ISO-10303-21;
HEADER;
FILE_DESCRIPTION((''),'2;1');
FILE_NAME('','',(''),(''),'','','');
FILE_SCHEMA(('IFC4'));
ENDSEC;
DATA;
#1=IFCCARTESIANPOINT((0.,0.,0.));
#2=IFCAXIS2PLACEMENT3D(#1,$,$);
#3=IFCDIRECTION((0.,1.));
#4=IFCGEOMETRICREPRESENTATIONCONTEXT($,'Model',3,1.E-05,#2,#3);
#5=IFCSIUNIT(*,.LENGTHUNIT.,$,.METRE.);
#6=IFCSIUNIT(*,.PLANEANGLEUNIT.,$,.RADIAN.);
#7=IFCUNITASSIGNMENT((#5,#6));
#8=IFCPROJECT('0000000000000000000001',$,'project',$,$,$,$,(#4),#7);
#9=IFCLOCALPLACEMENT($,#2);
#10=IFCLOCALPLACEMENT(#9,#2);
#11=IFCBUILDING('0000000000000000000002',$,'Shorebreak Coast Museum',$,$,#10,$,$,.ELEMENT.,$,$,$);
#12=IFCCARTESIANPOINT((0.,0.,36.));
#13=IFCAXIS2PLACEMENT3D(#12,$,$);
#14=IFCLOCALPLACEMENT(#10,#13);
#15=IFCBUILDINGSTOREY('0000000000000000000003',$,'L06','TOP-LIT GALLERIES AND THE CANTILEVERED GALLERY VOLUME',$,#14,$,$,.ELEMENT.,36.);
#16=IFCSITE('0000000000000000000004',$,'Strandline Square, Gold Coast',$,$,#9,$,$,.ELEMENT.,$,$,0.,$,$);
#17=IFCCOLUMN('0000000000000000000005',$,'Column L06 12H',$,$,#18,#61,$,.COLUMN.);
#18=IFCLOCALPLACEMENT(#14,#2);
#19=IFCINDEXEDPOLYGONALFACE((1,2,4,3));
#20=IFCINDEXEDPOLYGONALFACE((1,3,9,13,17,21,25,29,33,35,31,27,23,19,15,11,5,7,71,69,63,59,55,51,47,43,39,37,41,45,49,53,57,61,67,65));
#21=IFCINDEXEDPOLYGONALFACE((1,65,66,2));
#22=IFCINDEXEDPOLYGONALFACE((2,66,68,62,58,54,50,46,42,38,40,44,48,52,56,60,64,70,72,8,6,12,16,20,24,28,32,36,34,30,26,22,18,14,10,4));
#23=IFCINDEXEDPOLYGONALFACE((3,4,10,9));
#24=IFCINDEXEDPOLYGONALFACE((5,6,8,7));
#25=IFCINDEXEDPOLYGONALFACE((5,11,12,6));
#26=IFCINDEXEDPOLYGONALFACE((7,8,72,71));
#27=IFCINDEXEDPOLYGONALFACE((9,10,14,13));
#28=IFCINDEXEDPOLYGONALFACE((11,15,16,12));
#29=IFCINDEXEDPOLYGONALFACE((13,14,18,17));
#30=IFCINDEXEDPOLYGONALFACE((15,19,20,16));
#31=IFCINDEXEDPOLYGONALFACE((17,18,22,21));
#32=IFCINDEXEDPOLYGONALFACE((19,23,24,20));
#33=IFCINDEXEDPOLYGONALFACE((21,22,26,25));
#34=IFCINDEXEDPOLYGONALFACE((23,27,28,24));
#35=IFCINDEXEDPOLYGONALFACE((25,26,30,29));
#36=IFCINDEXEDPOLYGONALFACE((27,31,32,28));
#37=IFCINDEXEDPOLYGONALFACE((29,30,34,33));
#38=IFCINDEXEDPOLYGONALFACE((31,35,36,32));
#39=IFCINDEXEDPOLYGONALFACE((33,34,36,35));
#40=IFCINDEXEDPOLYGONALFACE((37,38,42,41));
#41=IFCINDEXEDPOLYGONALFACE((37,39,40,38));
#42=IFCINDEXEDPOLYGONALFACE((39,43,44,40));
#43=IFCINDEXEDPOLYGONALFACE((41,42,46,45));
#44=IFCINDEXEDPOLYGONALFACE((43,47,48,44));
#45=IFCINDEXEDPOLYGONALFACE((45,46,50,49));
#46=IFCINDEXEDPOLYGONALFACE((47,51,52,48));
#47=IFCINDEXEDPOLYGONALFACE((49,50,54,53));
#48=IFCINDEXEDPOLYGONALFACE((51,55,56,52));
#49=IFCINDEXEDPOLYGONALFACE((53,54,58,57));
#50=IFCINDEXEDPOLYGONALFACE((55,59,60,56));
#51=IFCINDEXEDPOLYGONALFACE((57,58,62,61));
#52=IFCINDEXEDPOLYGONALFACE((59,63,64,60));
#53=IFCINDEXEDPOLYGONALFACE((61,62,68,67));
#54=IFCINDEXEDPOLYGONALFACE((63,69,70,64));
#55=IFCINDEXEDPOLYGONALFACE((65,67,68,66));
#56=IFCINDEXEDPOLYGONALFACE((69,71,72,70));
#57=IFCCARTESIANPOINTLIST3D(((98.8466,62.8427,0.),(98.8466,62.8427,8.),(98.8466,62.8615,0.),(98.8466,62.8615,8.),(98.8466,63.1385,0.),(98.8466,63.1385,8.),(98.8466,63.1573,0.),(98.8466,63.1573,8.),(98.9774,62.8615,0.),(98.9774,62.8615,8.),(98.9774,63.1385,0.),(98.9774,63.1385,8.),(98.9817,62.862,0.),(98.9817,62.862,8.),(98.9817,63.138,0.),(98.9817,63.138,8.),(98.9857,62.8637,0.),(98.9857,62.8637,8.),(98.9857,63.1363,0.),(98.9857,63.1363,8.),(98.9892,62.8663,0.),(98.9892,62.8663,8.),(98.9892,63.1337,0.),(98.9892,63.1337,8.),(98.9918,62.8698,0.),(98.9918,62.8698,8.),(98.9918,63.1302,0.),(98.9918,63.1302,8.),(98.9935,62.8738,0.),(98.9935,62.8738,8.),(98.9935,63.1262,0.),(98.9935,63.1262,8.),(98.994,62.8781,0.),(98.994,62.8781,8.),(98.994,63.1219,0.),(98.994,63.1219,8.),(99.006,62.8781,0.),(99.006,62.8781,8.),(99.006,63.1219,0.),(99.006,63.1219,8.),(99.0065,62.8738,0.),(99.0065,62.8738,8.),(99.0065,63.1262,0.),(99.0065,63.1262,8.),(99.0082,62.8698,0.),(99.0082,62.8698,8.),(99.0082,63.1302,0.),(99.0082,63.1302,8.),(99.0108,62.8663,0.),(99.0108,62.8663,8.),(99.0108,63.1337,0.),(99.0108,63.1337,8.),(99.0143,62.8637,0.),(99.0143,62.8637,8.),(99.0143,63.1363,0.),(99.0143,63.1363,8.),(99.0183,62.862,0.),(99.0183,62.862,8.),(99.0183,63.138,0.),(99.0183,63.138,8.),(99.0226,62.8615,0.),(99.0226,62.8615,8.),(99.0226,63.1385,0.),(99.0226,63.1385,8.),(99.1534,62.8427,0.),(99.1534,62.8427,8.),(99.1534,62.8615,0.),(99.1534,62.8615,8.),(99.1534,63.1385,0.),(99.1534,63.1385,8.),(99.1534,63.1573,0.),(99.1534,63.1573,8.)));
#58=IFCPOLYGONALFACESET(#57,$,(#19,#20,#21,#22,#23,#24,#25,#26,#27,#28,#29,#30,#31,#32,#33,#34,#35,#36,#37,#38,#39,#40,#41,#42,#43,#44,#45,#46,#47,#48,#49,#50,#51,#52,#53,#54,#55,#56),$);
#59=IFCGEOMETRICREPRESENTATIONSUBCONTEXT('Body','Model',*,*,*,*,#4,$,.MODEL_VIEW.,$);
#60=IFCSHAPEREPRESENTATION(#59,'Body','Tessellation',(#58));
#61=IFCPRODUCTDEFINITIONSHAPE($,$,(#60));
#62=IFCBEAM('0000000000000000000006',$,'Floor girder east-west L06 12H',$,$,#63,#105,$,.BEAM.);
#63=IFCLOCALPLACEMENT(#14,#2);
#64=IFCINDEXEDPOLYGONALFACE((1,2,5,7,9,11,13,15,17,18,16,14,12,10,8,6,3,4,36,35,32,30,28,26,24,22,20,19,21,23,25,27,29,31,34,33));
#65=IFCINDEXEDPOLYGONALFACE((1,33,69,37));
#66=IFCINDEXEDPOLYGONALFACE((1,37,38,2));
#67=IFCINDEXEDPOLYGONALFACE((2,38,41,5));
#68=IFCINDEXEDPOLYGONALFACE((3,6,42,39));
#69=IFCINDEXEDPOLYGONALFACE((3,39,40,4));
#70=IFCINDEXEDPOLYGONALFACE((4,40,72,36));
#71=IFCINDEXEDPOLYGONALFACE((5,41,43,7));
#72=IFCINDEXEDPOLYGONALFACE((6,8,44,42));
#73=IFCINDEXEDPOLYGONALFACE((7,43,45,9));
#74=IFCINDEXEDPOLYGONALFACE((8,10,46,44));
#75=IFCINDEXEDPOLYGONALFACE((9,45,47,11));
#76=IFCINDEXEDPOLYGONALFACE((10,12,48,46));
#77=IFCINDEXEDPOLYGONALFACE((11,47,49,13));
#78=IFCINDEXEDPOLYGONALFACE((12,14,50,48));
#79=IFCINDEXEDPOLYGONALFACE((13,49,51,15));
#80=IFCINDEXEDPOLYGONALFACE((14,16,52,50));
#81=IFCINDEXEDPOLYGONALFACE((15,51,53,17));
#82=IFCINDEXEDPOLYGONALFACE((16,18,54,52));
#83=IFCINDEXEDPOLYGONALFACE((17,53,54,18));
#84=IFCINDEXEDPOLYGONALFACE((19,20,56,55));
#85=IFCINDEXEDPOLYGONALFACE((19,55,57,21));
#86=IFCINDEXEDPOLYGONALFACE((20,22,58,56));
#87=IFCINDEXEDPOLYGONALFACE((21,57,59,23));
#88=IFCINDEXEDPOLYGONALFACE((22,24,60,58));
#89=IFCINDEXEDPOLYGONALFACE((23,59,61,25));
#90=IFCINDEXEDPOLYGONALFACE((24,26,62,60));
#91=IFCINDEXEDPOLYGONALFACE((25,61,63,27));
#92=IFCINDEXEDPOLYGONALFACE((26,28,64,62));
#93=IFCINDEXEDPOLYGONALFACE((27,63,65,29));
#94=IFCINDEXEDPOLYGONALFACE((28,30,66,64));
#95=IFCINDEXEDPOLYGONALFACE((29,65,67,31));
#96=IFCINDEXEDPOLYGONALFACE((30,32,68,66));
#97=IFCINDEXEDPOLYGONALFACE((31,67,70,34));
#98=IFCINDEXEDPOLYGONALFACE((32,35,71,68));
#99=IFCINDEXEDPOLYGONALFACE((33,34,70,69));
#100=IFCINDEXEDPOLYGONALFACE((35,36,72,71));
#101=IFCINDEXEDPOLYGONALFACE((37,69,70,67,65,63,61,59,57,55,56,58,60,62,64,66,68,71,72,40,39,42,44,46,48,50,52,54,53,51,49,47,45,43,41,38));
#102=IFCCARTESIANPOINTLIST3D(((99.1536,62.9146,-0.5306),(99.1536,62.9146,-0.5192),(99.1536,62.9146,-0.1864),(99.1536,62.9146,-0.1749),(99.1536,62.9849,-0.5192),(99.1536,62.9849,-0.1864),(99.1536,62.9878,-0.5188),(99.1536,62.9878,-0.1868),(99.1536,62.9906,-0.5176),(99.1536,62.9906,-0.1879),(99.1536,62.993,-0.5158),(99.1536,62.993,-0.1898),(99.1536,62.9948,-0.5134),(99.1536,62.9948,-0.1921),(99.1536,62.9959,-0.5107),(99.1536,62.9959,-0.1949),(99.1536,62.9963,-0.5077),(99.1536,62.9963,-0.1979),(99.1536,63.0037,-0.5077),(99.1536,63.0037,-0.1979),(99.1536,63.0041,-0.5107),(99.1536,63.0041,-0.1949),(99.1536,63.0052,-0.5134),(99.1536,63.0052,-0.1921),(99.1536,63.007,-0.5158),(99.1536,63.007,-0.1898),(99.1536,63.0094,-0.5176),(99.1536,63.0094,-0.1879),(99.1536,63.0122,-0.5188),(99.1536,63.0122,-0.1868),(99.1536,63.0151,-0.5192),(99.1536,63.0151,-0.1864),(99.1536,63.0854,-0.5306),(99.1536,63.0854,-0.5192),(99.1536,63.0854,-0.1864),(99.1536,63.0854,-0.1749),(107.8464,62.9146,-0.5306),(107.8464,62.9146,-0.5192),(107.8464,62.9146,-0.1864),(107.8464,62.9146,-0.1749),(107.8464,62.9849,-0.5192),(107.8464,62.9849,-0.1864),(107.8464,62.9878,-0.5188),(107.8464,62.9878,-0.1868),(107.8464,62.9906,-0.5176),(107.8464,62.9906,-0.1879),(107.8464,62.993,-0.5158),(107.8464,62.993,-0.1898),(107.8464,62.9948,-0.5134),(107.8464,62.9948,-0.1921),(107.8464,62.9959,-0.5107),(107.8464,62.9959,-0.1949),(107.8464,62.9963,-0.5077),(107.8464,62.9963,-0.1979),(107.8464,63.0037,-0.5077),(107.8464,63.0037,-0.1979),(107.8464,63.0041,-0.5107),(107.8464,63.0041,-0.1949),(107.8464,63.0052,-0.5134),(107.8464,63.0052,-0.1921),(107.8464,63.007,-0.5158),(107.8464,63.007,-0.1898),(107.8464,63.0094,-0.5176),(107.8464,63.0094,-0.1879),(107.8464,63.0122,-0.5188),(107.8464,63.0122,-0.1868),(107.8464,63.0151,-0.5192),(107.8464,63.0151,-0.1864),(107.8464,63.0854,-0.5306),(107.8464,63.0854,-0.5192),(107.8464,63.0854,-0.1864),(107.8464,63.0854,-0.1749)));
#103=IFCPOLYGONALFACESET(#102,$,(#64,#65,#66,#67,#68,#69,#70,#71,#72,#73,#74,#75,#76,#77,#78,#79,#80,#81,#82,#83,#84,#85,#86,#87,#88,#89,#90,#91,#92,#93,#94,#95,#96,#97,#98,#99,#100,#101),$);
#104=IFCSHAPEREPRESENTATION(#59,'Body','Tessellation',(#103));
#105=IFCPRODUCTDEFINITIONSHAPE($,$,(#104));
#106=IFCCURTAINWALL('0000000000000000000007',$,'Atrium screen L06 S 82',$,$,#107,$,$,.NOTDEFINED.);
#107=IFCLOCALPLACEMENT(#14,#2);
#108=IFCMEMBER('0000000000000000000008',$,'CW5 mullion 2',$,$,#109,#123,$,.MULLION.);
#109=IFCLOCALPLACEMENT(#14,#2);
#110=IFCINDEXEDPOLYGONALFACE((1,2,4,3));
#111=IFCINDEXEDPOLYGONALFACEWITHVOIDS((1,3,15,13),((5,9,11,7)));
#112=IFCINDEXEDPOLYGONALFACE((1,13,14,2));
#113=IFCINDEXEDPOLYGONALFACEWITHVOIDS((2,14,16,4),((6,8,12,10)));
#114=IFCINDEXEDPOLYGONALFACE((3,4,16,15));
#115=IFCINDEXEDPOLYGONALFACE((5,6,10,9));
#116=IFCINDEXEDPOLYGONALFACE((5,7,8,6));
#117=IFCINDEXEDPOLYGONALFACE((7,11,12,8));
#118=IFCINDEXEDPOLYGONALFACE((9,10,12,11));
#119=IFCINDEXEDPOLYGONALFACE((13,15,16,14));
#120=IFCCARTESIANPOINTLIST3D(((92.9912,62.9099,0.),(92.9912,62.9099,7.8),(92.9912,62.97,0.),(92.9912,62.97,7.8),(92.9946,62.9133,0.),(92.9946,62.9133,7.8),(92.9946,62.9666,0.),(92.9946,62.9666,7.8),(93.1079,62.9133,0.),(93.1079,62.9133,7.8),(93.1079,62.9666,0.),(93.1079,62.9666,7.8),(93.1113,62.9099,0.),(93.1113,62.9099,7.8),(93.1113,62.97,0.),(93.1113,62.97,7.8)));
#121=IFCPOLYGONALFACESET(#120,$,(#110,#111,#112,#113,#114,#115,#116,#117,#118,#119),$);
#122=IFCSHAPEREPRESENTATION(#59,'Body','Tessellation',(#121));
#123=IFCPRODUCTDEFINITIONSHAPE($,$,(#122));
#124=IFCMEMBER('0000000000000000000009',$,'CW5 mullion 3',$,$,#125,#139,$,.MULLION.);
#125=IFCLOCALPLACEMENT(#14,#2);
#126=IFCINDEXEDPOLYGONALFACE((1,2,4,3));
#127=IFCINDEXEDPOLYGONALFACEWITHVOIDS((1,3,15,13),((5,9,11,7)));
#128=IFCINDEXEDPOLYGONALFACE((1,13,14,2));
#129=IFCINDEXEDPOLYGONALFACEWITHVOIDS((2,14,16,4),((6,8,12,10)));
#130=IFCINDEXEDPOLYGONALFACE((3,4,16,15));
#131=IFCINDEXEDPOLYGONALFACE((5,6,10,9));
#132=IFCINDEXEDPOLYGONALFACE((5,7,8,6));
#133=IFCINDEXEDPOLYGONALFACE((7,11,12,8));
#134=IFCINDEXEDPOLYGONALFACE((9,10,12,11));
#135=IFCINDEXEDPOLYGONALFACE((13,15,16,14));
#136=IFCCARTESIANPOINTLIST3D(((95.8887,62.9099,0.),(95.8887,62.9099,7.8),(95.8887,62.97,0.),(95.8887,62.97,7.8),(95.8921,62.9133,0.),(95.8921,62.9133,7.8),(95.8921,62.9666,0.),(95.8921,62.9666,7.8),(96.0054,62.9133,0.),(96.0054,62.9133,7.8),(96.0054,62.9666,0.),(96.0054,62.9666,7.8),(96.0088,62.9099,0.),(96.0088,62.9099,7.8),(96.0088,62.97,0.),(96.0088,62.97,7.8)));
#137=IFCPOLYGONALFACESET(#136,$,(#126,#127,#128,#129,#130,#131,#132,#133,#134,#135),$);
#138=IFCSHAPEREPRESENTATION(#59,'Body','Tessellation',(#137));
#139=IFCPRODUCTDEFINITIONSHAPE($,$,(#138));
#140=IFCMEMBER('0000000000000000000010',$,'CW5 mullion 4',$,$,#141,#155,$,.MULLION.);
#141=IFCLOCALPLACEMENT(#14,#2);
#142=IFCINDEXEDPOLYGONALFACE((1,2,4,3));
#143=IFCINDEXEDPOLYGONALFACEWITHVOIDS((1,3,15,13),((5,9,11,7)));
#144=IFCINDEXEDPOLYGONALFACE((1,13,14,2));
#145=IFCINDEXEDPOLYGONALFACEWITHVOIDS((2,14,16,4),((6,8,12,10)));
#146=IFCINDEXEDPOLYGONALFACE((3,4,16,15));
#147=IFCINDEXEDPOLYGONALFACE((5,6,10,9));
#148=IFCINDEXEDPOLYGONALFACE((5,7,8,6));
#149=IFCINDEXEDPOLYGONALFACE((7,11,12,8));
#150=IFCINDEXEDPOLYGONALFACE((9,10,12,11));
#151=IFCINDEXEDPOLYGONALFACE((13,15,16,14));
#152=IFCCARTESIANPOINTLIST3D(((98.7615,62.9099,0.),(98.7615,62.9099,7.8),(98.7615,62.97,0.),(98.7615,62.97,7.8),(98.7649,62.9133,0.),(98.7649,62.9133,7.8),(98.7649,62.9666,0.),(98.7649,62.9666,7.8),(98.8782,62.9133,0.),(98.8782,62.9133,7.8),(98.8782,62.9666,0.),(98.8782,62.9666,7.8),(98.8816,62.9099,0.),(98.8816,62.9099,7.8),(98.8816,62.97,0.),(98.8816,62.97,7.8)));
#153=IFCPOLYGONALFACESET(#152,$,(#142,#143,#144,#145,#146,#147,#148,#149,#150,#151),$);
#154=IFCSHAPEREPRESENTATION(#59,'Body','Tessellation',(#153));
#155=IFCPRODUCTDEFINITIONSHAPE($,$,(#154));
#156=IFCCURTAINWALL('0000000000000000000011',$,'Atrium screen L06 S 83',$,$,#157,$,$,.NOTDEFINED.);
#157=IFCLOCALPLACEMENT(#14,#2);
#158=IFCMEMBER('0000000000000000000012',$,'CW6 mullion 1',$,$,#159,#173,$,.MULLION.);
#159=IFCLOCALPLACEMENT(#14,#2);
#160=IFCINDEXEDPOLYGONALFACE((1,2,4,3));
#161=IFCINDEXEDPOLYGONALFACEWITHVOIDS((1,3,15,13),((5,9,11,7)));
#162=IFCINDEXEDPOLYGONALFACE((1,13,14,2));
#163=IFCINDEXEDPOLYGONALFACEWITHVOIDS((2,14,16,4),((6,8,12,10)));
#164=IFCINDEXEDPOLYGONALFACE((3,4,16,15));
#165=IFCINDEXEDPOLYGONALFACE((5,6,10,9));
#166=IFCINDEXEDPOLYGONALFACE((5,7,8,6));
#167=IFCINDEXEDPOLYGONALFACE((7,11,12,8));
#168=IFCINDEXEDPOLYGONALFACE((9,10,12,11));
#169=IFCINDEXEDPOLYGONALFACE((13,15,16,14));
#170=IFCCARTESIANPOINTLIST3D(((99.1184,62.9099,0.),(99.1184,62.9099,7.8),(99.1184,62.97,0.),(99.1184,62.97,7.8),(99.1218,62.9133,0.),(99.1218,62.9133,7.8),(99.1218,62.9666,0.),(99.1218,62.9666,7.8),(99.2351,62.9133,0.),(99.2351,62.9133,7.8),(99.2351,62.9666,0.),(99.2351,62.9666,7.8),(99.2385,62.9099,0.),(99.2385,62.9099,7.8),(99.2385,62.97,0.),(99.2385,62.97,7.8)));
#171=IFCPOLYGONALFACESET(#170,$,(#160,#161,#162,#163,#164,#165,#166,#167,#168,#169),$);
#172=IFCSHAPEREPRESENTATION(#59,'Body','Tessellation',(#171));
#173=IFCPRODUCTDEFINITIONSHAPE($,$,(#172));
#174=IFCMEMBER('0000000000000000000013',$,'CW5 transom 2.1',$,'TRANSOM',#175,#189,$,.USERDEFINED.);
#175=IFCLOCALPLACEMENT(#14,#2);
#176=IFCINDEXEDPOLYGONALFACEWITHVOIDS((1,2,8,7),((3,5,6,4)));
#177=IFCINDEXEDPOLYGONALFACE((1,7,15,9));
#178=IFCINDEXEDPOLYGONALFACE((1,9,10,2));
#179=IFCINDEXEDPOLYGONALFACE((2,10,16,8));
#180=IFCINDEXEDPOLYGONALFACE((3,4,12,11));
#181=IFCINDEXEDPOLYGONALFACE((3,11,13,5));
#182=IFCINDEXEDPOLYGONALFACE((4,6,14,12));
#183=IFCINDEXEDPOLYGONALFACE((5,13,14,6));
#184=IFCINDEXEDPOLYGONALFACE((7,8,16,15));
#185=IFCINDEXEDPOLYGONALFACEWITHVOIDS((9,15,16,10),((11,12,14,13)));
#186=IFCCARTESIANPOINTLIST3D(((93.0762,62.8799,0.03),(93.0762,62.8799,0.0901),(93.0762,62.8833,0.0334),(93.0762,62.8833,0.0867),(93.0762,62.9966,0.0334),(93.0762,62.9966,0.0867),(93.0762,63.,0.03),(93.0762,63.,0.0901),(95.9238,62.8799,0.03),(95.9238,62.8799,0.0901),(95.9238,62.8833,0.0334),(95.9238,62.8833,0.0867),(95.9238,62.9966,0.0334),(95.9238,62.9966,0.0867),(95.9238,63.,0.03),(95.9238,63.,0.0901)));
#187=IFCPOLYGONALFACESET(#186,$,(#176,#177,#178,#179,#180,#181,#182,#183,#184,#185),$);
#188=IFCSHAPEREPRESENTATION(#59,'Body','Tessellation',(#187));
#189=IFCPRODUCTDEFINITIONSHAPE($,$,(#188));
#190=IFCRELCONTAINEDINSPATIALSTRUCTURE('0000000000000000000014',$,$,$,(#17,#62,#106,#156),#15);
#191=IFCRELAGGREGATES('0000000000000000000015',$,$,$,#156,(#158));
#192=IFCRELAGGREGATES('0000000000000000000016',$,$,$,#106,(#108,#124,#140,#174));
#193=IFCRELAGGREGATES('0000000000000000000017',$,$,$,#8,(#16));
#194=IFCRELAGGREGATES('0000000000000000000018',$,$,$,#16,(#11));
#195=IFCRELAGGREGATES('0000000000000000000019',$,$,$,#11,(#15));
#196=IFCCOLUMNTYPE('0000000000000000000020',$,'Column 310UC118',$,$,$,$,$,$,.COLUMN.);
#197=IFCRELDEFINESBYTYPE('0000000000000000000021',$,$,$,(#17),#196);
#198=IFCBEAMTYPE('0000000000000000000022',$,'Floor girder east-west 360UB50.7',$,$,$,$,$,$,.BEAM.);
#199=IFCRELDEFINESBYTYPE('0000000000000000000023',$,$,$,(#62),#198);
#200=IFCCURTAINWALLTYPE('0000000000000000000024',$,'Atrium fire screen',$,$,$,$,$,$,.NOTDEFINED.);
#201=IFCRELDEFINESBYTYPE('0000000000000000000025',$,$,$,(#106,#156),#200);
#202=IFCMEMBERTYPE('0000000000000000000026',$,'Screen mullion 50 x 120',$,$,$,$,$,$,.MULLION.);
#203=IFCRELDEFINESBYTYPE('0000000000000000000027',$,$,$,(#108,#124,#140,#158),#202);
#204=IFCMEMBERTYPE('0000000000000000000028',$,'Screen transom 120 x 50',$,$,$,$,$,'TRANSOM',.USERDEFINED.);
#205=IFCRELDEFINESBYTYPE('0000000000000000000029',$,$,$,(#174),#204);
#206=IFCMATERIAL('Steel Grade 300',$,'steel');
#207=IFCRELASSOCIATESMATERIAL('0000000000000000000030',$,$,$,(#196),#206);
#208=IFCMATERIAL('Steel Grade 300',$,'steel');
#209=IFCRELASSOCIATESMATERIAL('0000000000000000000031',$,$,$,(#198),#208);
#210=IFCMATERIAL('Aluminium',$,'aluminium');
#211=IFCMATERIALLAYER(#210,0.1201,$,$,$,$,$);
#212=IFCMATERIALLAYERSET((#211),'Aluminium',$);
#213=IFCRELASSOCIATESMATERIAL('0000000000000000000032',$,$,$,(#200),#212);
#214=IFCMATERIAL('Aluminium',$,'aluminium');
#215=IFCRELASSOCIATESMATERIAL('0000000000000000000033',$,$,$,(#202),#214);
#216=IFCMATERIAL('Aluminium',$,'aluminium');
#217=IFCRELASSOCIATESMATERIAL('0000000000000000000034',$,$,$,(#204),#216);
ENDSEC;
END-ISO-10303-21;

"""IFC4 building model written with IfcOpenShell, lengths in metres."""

from ifc_helpers import new_model, si_unit, direction, frame, origin, origin_2d, place, context, subcontext, project, spatial, hollow_rectangle, i_section, extrude, material, layer, layer_set, material_profile, profile_set, type_object, element, aggregate, save


model = new_model("IFC4")

# Units and contexts
model_context = context("Model", 3, precision=1e-05, world=origin(), true_north=direction((0.0, 1.0)))
body_context = subcontext(model_context, "Body", "Model", "MODEL_VIEW")
ifc_project = project(units=[si_unit("LENGTHUNIT", "METRE"), si_unit("PLANEANGLEUNIT", "RADIAN")], contexts=[model_context])

# Site, building, storey
site_placement = place(None, origin())
site = spatial("IfcSite", under=ifc_project, at=site_placement, Name="Strandline Square, Gold Coast", CompositionType="ELEMENT", RefElevation=0.0)
building_placement = place(site_placement, origin())
building = spatial("IfcBuilding", under=site, at=building_placement, Name="Shorebreak Coast Museum", CompositionType="ELEMENT")
storey_placement = place(building_placement, frame((0.0, 0.0, 36.0)))
storey = spatial("IfcBuildingStorey", under=building, at=storey_placement, Name="L06", Description="TOP-LIT GALLERIES AND THE CANTILEVERED GALLERY VOLUME", CompositionType="ELEMENT", Elevation=36.0)

# Column
ifc_material_1 = material(Name="Steel Grade 300", Category="steel")
ifc_material_profile_1 = material_profile(ifc_material_1, i_section(OverallWidth=0.3069, OverallDepth=0.3147, WebThickness=0.012, FlangeThickness=0.0188, FilletRadius=0.0166, at=origin_2d()), Name="310UC118")
ifc_profile_set_1 = profile_set([ifc_material_profile_1], Name="Steel Grade 300")
column_type = type_object("IfcColumnType", Name="Column 310UC118", PredefinedType="COLUMN", material=ifc_profile_set_1)
column_placement = place(storey_placement, frame((99.0, 63.0, 0.0), z_axis=(0.0, 0.0, 1.0), x_axis=(1.0, 0.0, 0.0)))
element("IfcColumn", 1, at=column_placement, inside=storey, type_object=column_type, Name="Column L06 12H", PredefinedType="COLUMN", context=body_context, shape_type="SweptSolid", body=[
    extrude(i_section(OverallWidth=0.3069, OverallDepth=0.3147, WebThickness=0.012, FlangeThickness=0.0188, FilletRadius=0.0166, at=origin_2d()), origin(), (0.0, 0.0, 1.0), 8.0),
])

# Beam
ifc_material_2 = material(Name="Steel Grade 300", Category="steel")
ifc_material_profile_2 = material_profile(ifc_material_2, i_section(OverallWidth=0.1709, OverallDepth=0.3557, WebThickness=0.0073, FlangeThickness=0.0115, FilletRadius=0.0115, at=origin_2d()), Name="360UB50.7")
ifc_profile_set_2 = profile_set([ifc_material_profile_2], Name="Steel Grade 300")
beam_type = type_object("IfcBeamType", Name="Floor girder east-west 360UB50.7", PredefinedType="BEAM", material=ifc_profile_set_2)
beam_placement = place(storey_placement, frame((99.1536, 63.0, -0.3528), z_axis=(1.0, 0.0, 0.0), x_axis=(0.0, 1.0, 0.0)))
element("IfcBeam", 2, at=beam_placement, inside=storey, type_object=beam_type, Name="Floor girder east-west L06 12H", PredefinedType="BEAM", context=body_context, shape_type="SweptSolid", body=[
    extrude(i_section(OverallWidth=0.1709, OverallDepth=0.3557, WebThickness=0.0073, FlangeThickness=0.0115, FilletRadius=0.0115, at=origin_2d()), origin(), (0.0, 0.0, 1.0), 8.6929),
])

# Curtain wall, members
ifc_material_3 = material(Name="Aluminium", Category="aluminium")
ifc_layer_1 = layer(ifc_material_3, 0.1201)
ifc_layer_set_1 = layer_set([ifc_layer_1], Name="Aluminium")
curtain_wall_type = type_object("IfcCurtainWallType", Name="Atrium fire screen", PredefinedType="NOTDEFINED", material=ifc_layer_set_1)
curtain_wall_1_placement = place(storey_placement, origin())
curtain_wall_1 = element("IfcCurtainWall", 3, at=curtain_wall_1_placement, inside=storey, type_object=curtain_wall_type, Name="Atrium screen L06 S 82", PredefinedType="NOTDEFINED")
ifc_material_4 = material(Name="Aluminium", Category="aluminium")
ifc_material_profile_3 = material_profile(ifc_material_4, hollow_rectangle(XDim=0.0601, YDim=0.1201, WallThickness=0.0034, at=origin_2d()), Name="AL 120x60 RHS")
ifc_profile_set_3 = profile_set([ifc_material_profile_3], Name="Aluminium")
member_type_1 = type_object("IfcMemberType", Name="Screen mullion 50 x 120", PredefinedType="MULLION", material=ifc_profile_set_3)
member_1_placement = place(storey_placement, frame((93.0513, 62.9399, 0.0), z_axis=(0.0, 0.0, 1.0), x_axis=(0.0, 1.0, 0.0)))
member_1 = element("IfcMember", 4, at=member_1_placement, type_object=member_type_1, Name="CW5 mullion 2", PredefinedType="MULLION", context=body_context, shape_type="SweptSolid", body=[
    extrude(hollow_rectangle(XDim=0.0601, YDim=0.1201, WallThickness=0.0034, at=origin_2d()), origin(), (0.0, 0.0, 1.0), 7.8),
])
member_2_placement = place(storey_placement, frame((95.9487, 62.9399, 0.0), z_axis=(0.0, 0.0, 1.0), x_axis=(0.0, 1.0, 0.0)))
member_2 = element("IfcMember", 5, at=member_2_placement, type_object=member_type_1, Name="CW5 mullion 3", PredefinedType="MULLION", context=body_context, shape_type="SweptSolid", body=[
    extrude(hollow_rectangle(XDim=0.0601, YDim=0.1201, WallThickness=0.0034, at=origin_2d()), origin(), (0.0, 0.0, 1.0), 7.8),
])
member_3_placement = place(storey_placement, frame((98.8215, 62.9399, 0.0), z_axis=(0.0, 0.0, 1.0), x_axis=(0.0, 1.0, 0.0)))
member_3 = element("IfcMember", 6, at=member_3_placement, type_object=member_type_1, Name="CW5 mullion 4", PredefinedType="MULLION", context=body_context, shape_type="SweptSolid", body=[
    extrude(hollow_rectangle(XDim=0.0601, YDim=0.1201, WallThickness=0.0034, at=origin_2d()), origin(), (0.0, 0.0, 1.0), 7.8),
])

# Curtain wall, member
curtain_wall_2_placement = place(storey_placement, origin())
curtain_wall_2 = element("IfcCurtainWall", 7, at=curtain_wall_2_placement, inside=storey, type_object=curtain_wall_type, Name="Atrium screen L06 S 83", PredefinedType="NOTDEFINED")
member_4_placement = place(storey_placement, frame((99.1785, 62.9399, 0.0), z_axis=(0.0, 0.0, 1.0), x_axis=(0.0, 1.0, 0.0)))
member_4 = element("IfcMember", 8, at=member_4_placement, type_object=member_type_1, Name="CW6 mullion 1", PredefinedType="MULLION", context=body_context, shape_type="SweptSolid", body=[
    extrude(hollow_rectangle(XDim=0.0601, YDim=0.1201, WallThickness=0.0034, at=origin_2d()), origin(), (0.0, 0.0, 1.0), 7.8),
])

# Member
ifc_material_5 = material(Name="Aluminium", Category="aluminium")
ifc_material_profile_4 = material_profile(ifc_material_5, hollow_rectangle(XDim=0.1201, YDim=0.0601, WallThickness=0.0034, at=origin_2d()), Name="AL 60x120 RHS")
ifc_profile_set_4 = profile_set([ifc_material_profile_4], Name="Aluminium")
member_type_2 = type_object("IfcMemberType", Name="Screen transom 120 x 50", ElementType="TRANSOM", PredefinedType="USERDEFINED", material=ifc_profile_set_4)
member_5_placement = place(storey_placement, frame((93.0762, 62.9399, 0.0601), z_axis=(1.0, 0.0, 0.0), x_axis=(0.0, 1.0, 0.0)))
member_5 = element("IfcMember", 9, at=member_5_placement, type_object=member_type_2, Name="CW5 transom 2.1", ObjectType="TRANSOM", PredefinedType="USERDEFINED", context=body_context, shape_type="SweptSolid", body=[
    extrude(hollow_rectangle(XDim=0.1201, YDim=0.0601, WallThickness=0.0034, at=origin_2d()), origin(), (0.0, 0.0, 1.0), 2.8477),
])
aggregate(curtain_wall_2, [member_4])

aggregate(curtain_wall_1, [member_1, member_2, member_3, member_5])

save(model, "model.ifc")
